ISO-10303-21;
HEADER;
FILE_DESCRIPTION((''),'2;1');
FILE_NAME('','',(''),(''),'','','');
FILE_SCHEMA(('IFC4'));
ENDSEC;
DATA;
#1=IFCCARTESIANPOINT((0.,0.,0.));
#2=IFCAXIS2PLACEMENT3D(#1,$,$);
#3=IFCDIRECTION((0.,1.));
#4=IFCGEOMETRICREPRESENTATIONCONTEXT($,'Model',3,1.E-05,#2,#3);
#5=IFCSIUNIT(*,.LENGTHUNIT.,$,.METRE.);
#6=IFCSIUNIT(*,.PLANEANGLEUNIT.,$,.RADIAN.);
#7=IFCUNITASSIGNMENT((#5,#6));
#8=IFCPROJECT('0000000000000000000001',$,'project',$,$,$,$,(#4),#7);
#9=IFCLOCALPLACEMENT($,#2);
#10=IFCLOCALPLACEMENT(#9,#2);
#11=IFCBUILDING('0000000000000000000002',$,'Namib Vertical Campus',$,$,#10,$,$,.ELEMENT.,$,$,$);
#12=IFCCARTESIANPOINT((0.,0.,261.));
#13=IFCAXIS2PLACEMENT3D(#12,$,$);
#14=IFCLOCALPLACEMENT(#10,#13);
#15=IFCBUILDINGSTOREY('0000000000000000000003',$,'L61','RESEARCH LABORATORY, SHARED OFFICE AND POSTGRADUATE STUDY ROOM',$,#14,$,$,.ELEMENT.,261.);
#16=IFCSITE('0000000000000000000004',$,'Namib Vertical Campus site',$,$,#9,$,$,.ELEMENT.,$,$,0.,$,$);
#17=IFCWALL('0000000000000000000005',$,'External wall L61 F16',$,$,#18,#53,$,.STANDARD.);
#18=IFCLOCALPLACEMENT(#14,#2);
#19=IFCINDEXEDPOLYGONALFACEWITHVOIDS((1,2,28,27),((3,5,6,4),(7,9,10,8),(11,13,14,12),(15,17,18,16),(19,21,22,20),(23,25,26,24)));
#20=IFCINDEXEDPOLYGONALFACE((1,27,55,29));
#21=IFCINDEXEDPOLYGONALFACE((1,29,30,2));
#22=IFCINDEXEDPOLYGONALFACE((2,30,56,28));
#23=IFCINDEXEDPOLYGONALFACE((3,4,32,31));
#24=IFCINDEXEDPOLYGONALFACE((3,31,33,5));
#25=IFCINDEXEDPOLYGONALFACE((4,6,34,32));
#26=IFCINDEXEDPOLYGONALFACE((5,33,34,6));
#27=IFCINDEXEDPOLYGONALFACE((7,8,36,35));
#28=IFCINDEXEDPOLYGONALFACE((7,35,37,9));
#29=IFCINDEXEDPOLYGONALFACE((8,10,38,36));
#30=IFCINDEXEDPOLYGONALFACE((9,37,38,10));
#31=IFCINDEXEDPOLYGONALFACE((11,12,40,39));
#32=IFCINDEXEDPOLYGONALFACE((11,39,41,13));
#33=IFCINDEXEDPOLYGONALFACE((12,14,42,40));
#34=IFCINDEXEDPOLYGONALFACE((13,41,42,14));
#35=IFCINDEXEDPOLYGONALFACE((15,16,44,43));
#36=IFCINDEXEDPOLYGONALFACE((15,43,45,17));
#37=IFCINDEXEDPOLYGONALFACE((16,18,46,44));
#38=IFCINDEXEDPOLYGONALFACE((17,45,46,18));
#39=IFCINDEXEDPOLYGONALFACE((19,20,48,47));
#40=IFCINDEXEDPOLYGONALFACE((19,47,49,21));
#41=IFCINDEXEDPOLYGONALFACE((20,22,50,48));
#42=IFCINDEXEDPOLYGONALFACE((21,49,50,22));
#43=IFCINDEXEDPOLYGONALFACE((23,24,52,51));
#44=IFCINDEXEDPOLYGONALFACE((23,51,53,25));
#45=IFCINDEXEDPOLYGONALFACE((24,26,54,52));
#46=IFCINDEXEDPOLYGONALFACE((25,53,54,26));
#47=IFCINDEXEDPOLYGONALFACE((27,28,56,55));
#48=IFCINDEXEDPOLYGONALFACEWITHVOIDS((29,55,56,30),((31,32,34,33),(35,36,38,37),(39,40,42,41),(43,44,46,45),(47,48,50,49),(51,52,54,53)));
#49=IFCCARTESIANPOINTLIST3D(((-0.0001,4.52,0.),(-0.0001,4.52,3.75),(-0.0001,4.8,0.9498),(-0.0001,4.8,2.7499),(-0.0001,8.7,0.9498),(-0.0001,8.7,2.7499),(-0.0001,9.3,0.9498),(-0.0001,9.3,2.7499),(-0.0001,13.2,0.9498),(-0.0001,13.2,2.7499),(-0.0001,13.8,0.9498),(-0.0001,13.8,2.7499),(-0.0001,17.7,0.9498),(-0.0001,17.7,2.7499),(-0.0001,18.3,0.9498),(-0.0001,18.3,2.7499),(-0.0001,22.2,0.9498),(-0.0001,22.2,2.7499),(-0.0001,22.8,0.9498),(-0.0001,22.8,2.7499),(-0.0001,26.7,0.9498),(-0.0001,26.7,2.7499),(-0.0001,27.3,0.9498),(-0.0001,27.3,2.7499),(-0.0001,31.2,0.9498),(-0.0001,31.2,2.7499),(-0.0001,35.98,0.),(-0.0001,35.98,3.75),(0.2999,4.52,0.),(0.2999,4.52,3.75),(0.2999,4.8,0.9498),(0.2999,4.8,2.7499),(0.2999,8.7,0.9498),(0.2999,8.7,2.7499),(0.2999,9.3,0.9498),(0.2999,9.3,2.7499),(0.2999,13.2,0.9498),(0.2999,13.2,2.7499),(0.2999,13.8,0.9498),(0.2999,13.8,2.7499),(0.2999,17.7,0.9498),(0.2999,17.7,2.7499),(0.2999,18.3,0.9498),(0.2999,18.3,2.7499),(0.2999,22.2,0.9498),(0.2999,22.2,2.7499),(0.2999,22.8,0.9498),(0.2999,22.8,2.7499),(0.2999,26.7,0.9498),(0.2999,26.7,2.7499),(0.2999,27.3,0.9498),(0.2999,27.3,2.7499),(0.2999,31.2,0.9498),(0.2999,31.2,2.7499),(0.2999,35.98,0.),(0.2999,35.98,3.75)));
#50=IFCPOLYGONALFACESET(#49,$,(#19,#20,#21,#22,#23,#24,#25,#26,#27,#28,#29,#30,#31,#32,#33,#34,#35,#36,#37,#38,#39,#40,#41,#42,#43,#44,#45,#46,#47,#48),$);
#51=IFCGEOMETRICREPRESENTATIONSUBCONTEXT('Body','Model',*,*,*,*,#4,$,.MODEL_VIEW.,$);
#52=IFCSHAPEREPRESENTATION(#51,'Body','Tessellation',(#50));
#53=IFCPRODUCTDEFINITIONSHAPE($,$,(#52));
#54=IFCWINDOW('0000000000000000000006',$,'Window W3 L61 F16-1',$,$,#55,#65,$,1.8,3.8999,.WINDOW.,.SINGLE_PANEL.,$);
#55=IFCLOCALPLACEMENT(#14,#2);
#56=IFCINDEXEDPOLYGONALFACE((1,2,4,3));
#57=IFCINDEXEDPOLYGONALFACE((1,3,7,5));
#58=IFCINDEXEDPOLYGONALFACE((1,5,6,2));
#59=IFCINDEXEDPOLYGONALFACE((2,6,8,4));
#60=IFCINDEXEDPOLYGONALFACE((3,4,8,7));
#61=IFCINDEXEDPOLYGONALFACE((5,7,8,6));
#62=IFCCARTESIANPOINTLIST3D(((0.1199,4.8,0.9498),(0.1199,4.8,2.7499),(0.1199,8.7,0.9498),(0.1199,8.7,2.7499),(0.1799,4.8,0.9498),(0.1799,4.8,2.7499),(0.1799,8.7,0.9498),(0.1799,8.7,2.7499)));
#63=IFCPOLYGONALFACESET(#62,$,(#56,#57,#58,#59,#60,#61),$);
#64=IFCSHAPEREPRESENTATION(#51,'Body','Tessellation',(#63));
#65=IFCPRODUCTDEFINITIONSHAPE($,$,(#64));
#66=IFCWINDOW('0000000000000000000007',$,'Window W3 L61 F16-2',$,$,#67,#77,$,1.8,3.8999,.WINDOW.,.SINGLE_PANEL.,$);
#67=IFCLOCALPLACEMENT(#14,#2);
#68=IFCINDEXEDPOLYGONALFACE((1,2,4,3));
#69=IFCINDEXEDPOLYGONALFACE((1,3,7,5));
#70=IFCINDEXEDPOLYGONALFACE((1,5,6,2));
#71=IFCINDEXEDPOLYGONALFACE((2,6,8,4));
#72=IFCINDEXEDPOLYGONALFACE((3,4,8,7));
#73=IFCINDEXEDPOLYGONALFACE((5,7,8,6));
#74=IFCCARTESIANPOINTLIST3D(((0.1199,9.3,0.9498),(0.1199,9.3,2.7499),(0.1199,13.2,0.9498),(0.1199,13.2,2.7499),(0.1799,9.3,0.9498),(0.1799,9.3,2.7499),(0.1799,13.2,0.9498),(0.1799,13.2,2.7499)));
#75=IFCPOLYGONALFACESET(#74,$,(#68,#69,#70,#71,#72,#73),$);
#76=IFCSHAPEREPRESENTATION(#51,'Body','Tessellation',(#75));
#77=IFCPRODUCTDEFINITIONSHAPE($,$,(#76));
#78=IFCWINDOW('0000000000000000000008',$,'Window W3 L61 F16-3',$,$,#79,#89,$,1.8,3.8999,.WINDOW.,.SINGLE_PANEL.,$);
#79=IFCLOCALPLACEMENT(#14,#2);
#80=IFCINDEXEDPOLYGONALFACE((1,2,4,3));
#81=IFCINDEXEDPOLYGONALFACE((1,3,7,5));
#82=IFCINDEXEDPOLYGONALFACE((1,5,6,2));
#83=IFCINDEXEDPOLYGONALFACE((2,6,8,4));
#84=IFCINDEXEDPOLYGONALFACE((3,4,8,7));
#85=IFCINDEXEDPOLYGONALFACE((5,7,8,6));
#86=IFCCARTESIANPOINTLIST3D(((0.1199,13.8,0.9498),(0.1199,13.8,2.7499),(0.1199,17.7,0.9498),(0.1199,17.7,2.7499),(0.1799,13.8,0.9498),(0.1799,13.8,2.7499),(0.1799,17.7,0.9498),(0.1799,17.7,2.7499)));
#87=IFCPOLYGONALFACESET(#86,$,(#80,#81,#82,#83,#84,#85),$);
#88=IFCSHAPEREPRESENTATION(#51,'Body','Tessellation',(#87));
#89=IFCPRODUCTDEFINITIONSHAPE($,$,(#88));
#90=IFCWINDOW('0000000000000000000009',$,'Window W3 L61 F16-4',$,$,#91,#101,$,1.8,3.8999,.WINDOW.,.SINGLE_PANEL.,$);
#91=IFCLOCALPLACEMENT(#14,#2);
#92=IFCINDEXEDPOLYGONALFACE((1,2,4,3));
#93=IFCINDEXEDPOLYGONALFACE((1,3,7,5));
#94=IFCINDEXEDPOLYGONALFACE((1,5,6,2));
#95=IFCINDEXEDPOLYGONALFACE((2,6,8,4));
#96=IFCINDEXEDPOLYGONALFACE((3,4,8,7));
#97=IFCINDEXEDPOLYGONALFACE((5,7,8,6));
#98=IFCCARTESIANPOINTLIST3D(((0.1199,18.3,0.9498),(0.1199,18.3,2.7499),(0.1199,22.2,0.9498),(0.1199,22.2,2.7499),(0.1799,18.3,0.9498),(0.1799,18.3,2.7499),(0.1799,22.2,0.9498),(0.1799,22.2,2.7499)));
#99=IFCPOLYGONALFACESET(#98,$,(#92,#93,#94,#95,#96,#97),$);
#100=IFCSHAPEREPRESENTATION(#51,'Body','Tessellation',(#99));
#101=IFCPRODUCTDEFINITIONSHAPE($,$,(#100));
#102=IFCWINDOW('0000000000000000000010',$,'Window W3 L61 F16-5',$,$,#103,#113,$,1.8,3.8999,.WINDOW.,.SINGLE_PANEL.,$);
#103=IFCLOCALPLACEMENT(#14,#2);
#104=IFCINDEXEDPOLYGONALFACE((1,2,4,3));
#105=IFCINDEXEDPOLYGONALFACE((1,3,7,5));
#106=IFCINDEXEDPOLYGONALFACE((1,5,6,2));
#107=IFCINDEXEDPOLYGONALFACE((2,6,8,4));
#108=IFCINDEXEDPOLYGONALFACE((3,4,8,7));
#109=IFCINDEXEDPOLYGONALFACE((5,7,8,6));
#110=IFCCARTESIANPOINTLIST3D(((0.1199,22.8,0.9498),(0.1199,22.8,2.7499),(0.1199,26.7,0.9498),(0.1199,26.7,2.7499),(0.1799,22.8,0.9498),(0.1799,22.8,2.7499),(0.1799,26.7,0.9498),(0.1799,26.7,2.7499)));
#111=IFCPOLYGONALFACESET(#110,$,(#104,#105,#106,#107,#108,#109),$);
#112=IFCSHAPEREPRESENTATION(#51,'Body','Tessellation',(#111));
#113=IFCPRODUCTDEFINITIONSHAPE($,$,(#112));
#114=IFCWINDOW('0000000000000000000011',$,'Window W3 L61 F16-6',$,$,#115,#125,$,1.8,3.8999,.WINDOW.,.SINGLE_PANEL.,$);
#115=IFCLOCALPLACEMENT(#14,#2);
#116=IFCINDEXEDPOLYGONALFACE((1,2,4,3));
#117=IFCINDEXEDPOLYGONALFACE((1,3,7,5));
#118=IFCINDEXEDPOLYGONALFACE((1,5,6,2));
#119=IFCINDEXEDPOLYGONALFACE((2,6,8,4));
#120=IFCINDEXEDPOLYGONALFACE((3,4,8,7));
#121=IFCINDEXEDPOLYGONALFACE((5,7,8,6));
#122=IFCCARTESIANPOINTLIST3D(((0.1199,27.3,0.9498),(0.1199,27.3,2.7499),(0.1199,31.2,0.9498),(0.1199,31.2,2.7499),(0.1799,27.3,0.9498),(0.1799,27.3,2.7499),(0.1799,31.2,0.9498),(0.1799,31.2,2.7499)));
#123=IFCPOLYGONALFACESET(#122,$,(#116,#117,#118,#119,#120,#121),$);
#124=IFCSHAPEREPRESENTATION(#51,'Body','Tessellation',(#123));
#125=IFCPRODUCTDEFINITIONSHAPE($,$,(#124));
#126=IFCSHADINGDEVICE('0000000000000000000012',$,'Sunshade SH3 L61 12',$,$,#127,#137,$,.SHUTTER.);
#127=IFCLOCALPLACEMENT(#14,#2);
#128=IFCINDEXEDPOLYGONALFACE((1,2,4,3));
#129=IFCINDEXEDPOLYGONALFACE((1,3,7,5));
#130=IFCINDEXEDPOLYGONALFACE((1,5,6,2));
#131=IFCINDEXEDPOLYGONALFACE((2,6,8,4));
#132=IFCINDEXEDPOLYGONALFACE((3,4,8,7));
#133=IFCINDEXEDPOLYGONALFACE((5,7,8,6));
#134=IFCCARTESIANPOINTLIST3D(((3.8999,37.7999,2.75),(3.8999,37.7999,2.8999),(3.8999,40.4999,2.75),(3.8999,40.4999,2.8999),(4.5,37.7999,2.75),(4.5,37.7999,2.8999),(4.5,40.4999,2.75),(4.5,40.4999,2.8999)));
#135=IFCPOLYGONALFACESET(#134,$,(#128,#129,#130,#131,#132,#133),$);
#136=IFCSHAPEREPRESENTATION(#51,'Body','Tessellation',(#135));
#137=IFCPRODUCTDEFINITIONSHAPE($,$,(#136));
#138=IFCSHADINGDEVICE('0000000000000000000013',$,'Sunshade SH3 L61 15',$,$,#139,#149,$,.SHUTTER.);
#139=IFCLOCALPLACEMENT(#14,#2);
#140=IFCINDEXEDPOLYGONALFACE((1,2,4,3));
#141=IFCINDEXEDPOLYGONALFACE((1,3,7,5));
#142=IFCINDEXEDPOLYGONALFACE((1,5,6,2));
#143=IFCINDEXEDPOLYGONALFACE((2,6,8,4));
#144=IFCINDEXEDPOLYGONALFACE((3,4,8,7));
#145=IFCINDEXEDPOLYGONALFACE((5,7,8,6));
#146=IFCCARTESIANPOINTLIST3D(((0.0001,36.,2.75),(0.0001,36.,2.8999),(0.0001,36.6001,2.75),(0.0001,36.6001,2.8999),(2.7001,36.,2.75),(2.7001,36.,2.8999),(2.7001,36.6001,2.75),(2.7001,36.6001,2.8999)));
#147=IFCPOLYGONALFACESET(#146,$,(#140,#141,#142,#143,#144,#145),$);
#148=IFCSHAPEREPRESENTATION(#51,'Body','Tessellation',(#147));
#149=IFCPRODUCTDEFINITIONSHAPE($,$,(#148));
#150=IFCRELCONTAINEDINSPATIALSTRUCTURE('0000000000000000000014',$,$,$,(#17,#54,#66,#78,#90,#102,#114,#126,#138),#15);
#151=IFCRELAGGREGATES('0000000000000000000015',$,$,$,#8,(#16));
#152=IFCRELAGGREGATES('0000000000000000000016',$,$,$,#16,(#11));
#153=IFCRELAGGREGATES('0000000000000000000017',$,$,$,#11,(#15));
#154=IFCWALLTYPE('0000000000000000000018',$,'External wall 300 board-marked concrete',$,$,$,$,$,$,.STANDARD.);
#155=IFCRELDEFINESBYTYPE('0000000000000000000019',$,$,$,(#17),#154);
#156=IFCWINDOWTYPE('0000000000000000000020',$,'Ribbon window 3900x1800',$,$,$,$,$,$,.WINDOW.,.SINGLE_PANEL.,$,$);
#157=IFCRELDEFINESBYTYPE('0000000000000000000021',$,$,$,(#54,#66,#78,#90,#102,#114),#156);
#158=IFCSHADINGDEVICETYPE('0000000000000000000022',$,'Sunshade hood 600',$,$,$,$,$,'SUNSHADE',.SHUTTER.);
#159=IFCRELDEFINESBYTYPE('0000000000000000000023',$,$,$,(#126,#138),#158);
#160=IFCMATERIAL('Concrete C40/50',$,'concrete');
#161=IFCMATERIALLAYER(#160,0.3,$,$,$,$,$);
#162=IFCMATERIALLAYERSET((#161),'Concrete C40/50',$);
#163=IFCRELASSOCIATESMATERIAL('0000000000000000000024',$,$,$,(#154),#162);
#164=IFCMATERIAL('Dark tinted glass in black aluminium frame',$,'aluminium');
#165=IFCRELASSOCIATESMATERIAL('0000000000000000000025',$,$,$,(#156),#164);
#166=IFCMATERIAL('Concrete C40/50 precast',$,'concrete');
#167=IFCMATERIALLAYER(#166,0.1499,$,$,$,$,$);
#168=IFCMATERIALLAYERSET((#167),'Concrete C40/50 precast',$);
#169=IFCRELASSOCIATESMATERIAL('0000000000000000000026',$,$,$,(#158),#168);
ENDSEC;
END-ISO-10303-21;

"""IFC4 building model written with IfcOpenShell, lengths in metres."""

from ifc_helpers import new_model, si_unit, direction, frame, frame_2d, origin, origin_2d, place, context, subcontext, project, spatial, rectangle, extrude, material, layer, layer_set, type_object, element, fill, save


model = new_model("IFC4")

# Units and contexts
model_context = context("Model", 3, precision=1e-05, world=origin(), true_north=direction((0.0, 1.0)))
body_context = subcontext(model_context, "Body", "Model", "MODEL_VIEW")
ifc_project = project(units=[si_unit("LENGTHUNIT", "METRE"), si_unit("PLANEANGLEUNIT", "RADIAN")], contexts=[model_context])

# Site, building, storey
site_placement = place(None, origin())
site = spatial("IfcSite", under=ifc_project, at=site_placement, Name="Namib Vertical Campus site", CompositionType="ELEMENT", RefElevation=0.0)
building_placement = place(site_placement, origin())
building = spatial("IfcBuilding", under=site, at=building_placement, Name="Namib Vertical Campus", CompositionType="ELEMENT")
storey_placement = place(building_placement, frame((0.0, 0.0, 261.0)))
storey = spatial("IfcBuildingStorey", under=building, at=storey_placement, Name="L61", Description="RESEARCH LABORATORY, SHARED OFFICE AND POSTGRADUATE STUDY ROOM", CompositionType="ELEMENT", Elevation=261.0)

# Shared definitions
ifc_material_1 = material(Name="Concrete C40/50", Category="concrete")
ifc_layer_1 = layer(ifc_material_1, 0.3)
ifc_layer_set_1 = layer_set([ifc_layer_1], Name="Concrete C40/50")
wall_type_1 = type_object("IfcWallType", Name="External wall 300 board-marked concrete", PredefinedType="STANDARD", material=ifc_layer_set_1)

# Wall, openings, windows
wall_1_placement = place(storey_placement, frame((0.1499, 35.98, 0.0), z_axis=(0.0, 0.0, 1.0), x_axis=(0.0, -1.0, 0.0)))
wall_1 = element("IfcWall", 1, at=wall_1_placement, inside=storey, type_object=wall_type_1, Name="External wall L61 F16", PredefinedType="STANDARD", context=body_context, shape_type="SweptSolid", body=[
    extrude(rectangle(XDim=31.46, YDim=0.3, at=frame_2d((15.73, 0.0))), origin(), (0.0, 0.0, 1.0), 3.75),
])
opening_1_placement = place(wall_1_placement, frame((27.28, 0.0, 0.95)))
opening_1 = element("IfcOpeningElement", 2, at=opening_1_placement, cuts=wall_1, PredefinedType="OPENING", context=body_context, shape_type="SweptSolid", body=[
    extrude(rectangle(XDim=3.8999, YDim=1.8, at=frame_2d((1.95, 0.8999))), frame((0.0, 0.1599, 0.0), z_axis=(0.0, -1.0, 0.0), x_axis=(1.0, 0.0, 0.0)), (0.0, 0.0, 1.0), 0.3201),
])
opening_2_placement = place(wall_1_placement, frame((22.78, 0.0, 0.95)))
opening_2 = element("IfcOpeningElement", 3, at=opening_2_placement, cuts=wall_1, PredefinedType="OPENING", context=body_context, shape_type="SweptSolid", body=[
    extrude(rectangle(XDim=3.8999, YDim=1.8, at=frame_2d((1.95, 0.8999))), frame((0.0, 0.1599, 0.0), z_axis=(0.0, -1.0, 0.0), x_axis=(1.0, 0.0, 0.0)), (0.0, 0.0, 1.0), 0.3201),
])
opening_3_placement = place(wall_1_placement, frame((18.28, 0.0, 0.95)))
opening_3 = element("IfcOpeningElement", 4, at=opening_3_placement, cuts=wall_1, PredefinedType="OPENING", context=body_context, shape_type="SweptSolid", body=[
    extrude(rectangle(XDim=3.8999, YDim=1.8, at=frame_2d((1.95, 0.8999))), frame((0.0, 0.1599, 0.0), z_axis=(0.0, -1.0, 0.0), x_axis=(1.0, 0.0, 0.0)), (0.0, 0.0, 1.0), 0.3201),
])
opening_4_placement = place(wall_1_placement, frame((13.78, 0.0, 0.95)))
opening_4 = element("IfcOpeningElement", 5, at=opening_4_placement, cuts=wall_1, PredefinedType="OPENING", context=body_context, shape_type="SweptSolid", body=[
    extrude(rectangle(XDim=3.8999, YDim=1.8, at=frame_2d((1.95, 0.8999))), frame((0.0, 0.1599, 0.0), z_axis=(0.0, -1.0, 0.0), x_axis=(1.0, 0.0, 0.0)), (0.0, 0.0, 1.0), 0.3201),
])
opening_5_placement = place(wall_1_placement, frame((9.28, 0.0, 0.95)))
opening_5 = element("IfcOpeningElement", 6, at=opening_5_placement, cuts=wall_1, PredefinedType="OPENING", context=body_context, shape_type="SweptSolid", body=[
    extrude(rectangle(XDim=3.8999, YDim=1.8, at=frame_2d((1.95, 0.8999))), frame((0.0, 0.1599, 0.0), z_axis=(0.0, -1.0, 0.0), x_axis=(1.0, 0.0, 0.0)), (0.0, 0.0, 1.0), 0.3201),
])
opening_6_placement = place(wall_1_placement, frame((4.78, 0.0, 0.95)))
opening_6 = element("IfcOpeningElement", 7, at=opening_6_placement, cuts=wall_1, PredefinedType="OPENING", context=body_context, shape_type="SweptSolid", body=[
    extrude(rectangle(XDim=3.8999, YDim=1.8, at=frame_2d((1.95, 0.8999))), frame((0.0, 0.1599, 0.0), z_axis=(0.0, -1.0, 0.0), x_axis=(1.0, 0.0, 0.0)), (0.0, 0.0, 1.0), 0.3201),
])
ifc_material_2 = material(Name="Dark tinted glass in black aluminium frame", Category="aluminium")
window_type = type_object("IfcWindowType", Name="Ribbon window 3900x1800", PartitioningType="SINGLE_PANEL", PredefinedType="WINDOW", material=ifc_material_2)
window_1_placement = place(opening_1_placement, origin())
window_1 = element("IfcWindow", 8, at=window_1_placement, inside=storey, type_object=window_type, Name="Window W3 L61 F16-1", OverallHeight=1.8, OverallWidth=3.8999, PartitioningType="SINGLE_PANEL", PredefinedType="WINDOW", context=body_context, shape_type="SweptSolid", body=[
    extrude(rectangle(XDim=3.8999, YDim=1.8, at=frame_2d((1.95, 0.8999))), frame((0.0, 0.03, 0.0), z_axis=(0.0, -1.0, 0.0), x_axis=(1.0, 0.0, 0.0)), (0.0, 0.0, 1.0), 0.0601),
])
fill(opening_1, window_1)
window_2_placement = place(opening_2_placement, origin())
window_2 = element("IfcWindow", 9, at=window_2_placement, inside=storey, type_object=window_type, Name="Window W3 L61 F16-2", OverallHeight=1.8, OverallWidth=3.8999, PartitioningType="SINGLE_PANEL", PredefinedType="WINDOW", context=body_context, shape_type="SweptSolid", body=[
    extrude(rectangle(XDim=3.8999, YDim=1.8, at=frame_2d((1.95, 0.8999))), frame((0.0, 0.03, 0.0), z_axis=(0.0, -1.0, 0.0), x_axis=(1.0, 0.0, 0.0)), (0.0, 0.0, 1.0), 0.0601),
])
fill(opening_2, window_2)
window_3_placement = place(opening_3_placement, origin())
window_3 = element("IfcWindow", 10, at=window_3_placement, inside=storey, type_object=window_type, Name="Window W3 L61 F16-3", OverallHeight=1.8, OverallWidth=3.8999, PartitioningType="SINGLE_PANEL", PredefinedType="WINDOW", context=body_context, shape_type="SweptSolid", body=[
    extrude(rectangle(XDim=3.8999, YDim=1.8, at=frame_2d((1.95, 0.8999))), frame((0.0, 0.03, 0.0), z_axis=(0.0, -1.0, 0.0), x_axis=(1.0, 0.0, 0.0)), (0.0, 0.0, 1.0), 0.0601),
])
fill(opening_3, window_3)
window_4_placement = place(opening_4_placement, origin())
window_4 = element("IfcWindow", 11, at=window_4_placement, inside=storey, type_object=window_type, Name="Window W3 L61 F16-4", OverallHeight=1.8, OverallWidth=3.8999, PartitioningType="SINGLE_PANEL", PredefinedType="WINDOW", context=body_context, shape_type="SweptSolid", body=[
    extrude(rectangle(XDim=3.8999, YDim=1.8, at=frame_2d((1.95, 0.8999))), frame((0.0, 0.03, 0.0), z_axis=(0.0, -1.0, 0.0), x_axis=(1.0, 0.0, 0.0)), (0.0, 0.0, 1.0), 0.0601),
])
fill(opening_4, window_4)
window_5_placement = place(opening_5_placement, origin())
window_5 = element("IfcWindow", 12, at=window_5_placement, inside=storey, type_object=window_type, Name="Window W3 L61 F16-5", OverallHeight=1.8, OverallWidth=3.8999, PartitioningType="SINGLE_PANEL", PredefinedType="WINDOW", context=body_context, shape_type="SweptSolid", body=[
    extrude(rectangle(XDim=3.8999, YDim=1.8, at=frame_2d((1.95, 0.8999))), frame((0.0, 0.03, 0.0), z_axis=(0.0, -1.0, 0.0), x_axis=(1.0, 0.0, 0.0)), (0.0, 0.0, 1.0), 0.0601),
])
fill(opening_5, window_5)
window_6_placement = place(opening_6_placement, origin())
window_6 = element("IfcWindow", 13, at=window_6_placement, inside=storey, type_object=window_type, Name="Window W3 L61 F16-6", OverallHeight=1.8, OverallWidth=3.8999, PartitioningType="SINGLE_PANEL", PredefinedType="WINDOW", context=body_context, shape_type="SweptSolid", body=[
    extrude(rectangle(XDim=3.8999, YDim=1.8, at=frame_2d((1.95, 0.8999))), frame((0.0, 0.03, 0.0), z_axis=(0.0, -1.0, 0.0), x_axis=(1.0, 0.0, 0.0)), (0.0, 0.0, 1.0), 0.0601),
])
fill(opening_6, window_6)

# Shading devices
ifc_material_3 = material(Name="Concrete C40/50 precast", Category="concrete")
ifc_layer_2 = layer(ifc_material_3, 0.1499)
ifc_layer_set_2 = layer_set([ifc_layer_2], Name="Concrete C40/50 precast")
shading_device_type = type_object("IfcShadingDeviceType", Name="Sunshade hood 600", ElementType="SUNSHADE", PredefinedType="SHUTTER", material=ifc_layer_set_2)
for number, where, z_axis, x_axis, name in (
    (14, (4.2, 39.1499, 2.75), (0.0, 0.0, 1.0), (0.0, -1.0, 0.0), "Sunshade SH3 L61 12"),
    (15, (1.3501, 36.3, 2.75), (0.0, 0.0, 1.0), (-1.0, 0.0, 0.0), "Sunshade SH3 L61 15"),
):
    element("IfcShadingDevice", number, at=place(storey_placement, frame(where, z_axis=z_axis, x_axis=x_axis)), inside=storey, type_object=shading_device_type, Name=name, PredefinedType="SHUTTER", context=body_context, shape_type="SweptSolid", body=[
        extrude(rectangle(XDim=2.7, YDim=0.6001, at=origin_2d()), origin(), (0.0, 0.0, 1.0), 0.1499),
    ])

save(model, "model.ifc")
